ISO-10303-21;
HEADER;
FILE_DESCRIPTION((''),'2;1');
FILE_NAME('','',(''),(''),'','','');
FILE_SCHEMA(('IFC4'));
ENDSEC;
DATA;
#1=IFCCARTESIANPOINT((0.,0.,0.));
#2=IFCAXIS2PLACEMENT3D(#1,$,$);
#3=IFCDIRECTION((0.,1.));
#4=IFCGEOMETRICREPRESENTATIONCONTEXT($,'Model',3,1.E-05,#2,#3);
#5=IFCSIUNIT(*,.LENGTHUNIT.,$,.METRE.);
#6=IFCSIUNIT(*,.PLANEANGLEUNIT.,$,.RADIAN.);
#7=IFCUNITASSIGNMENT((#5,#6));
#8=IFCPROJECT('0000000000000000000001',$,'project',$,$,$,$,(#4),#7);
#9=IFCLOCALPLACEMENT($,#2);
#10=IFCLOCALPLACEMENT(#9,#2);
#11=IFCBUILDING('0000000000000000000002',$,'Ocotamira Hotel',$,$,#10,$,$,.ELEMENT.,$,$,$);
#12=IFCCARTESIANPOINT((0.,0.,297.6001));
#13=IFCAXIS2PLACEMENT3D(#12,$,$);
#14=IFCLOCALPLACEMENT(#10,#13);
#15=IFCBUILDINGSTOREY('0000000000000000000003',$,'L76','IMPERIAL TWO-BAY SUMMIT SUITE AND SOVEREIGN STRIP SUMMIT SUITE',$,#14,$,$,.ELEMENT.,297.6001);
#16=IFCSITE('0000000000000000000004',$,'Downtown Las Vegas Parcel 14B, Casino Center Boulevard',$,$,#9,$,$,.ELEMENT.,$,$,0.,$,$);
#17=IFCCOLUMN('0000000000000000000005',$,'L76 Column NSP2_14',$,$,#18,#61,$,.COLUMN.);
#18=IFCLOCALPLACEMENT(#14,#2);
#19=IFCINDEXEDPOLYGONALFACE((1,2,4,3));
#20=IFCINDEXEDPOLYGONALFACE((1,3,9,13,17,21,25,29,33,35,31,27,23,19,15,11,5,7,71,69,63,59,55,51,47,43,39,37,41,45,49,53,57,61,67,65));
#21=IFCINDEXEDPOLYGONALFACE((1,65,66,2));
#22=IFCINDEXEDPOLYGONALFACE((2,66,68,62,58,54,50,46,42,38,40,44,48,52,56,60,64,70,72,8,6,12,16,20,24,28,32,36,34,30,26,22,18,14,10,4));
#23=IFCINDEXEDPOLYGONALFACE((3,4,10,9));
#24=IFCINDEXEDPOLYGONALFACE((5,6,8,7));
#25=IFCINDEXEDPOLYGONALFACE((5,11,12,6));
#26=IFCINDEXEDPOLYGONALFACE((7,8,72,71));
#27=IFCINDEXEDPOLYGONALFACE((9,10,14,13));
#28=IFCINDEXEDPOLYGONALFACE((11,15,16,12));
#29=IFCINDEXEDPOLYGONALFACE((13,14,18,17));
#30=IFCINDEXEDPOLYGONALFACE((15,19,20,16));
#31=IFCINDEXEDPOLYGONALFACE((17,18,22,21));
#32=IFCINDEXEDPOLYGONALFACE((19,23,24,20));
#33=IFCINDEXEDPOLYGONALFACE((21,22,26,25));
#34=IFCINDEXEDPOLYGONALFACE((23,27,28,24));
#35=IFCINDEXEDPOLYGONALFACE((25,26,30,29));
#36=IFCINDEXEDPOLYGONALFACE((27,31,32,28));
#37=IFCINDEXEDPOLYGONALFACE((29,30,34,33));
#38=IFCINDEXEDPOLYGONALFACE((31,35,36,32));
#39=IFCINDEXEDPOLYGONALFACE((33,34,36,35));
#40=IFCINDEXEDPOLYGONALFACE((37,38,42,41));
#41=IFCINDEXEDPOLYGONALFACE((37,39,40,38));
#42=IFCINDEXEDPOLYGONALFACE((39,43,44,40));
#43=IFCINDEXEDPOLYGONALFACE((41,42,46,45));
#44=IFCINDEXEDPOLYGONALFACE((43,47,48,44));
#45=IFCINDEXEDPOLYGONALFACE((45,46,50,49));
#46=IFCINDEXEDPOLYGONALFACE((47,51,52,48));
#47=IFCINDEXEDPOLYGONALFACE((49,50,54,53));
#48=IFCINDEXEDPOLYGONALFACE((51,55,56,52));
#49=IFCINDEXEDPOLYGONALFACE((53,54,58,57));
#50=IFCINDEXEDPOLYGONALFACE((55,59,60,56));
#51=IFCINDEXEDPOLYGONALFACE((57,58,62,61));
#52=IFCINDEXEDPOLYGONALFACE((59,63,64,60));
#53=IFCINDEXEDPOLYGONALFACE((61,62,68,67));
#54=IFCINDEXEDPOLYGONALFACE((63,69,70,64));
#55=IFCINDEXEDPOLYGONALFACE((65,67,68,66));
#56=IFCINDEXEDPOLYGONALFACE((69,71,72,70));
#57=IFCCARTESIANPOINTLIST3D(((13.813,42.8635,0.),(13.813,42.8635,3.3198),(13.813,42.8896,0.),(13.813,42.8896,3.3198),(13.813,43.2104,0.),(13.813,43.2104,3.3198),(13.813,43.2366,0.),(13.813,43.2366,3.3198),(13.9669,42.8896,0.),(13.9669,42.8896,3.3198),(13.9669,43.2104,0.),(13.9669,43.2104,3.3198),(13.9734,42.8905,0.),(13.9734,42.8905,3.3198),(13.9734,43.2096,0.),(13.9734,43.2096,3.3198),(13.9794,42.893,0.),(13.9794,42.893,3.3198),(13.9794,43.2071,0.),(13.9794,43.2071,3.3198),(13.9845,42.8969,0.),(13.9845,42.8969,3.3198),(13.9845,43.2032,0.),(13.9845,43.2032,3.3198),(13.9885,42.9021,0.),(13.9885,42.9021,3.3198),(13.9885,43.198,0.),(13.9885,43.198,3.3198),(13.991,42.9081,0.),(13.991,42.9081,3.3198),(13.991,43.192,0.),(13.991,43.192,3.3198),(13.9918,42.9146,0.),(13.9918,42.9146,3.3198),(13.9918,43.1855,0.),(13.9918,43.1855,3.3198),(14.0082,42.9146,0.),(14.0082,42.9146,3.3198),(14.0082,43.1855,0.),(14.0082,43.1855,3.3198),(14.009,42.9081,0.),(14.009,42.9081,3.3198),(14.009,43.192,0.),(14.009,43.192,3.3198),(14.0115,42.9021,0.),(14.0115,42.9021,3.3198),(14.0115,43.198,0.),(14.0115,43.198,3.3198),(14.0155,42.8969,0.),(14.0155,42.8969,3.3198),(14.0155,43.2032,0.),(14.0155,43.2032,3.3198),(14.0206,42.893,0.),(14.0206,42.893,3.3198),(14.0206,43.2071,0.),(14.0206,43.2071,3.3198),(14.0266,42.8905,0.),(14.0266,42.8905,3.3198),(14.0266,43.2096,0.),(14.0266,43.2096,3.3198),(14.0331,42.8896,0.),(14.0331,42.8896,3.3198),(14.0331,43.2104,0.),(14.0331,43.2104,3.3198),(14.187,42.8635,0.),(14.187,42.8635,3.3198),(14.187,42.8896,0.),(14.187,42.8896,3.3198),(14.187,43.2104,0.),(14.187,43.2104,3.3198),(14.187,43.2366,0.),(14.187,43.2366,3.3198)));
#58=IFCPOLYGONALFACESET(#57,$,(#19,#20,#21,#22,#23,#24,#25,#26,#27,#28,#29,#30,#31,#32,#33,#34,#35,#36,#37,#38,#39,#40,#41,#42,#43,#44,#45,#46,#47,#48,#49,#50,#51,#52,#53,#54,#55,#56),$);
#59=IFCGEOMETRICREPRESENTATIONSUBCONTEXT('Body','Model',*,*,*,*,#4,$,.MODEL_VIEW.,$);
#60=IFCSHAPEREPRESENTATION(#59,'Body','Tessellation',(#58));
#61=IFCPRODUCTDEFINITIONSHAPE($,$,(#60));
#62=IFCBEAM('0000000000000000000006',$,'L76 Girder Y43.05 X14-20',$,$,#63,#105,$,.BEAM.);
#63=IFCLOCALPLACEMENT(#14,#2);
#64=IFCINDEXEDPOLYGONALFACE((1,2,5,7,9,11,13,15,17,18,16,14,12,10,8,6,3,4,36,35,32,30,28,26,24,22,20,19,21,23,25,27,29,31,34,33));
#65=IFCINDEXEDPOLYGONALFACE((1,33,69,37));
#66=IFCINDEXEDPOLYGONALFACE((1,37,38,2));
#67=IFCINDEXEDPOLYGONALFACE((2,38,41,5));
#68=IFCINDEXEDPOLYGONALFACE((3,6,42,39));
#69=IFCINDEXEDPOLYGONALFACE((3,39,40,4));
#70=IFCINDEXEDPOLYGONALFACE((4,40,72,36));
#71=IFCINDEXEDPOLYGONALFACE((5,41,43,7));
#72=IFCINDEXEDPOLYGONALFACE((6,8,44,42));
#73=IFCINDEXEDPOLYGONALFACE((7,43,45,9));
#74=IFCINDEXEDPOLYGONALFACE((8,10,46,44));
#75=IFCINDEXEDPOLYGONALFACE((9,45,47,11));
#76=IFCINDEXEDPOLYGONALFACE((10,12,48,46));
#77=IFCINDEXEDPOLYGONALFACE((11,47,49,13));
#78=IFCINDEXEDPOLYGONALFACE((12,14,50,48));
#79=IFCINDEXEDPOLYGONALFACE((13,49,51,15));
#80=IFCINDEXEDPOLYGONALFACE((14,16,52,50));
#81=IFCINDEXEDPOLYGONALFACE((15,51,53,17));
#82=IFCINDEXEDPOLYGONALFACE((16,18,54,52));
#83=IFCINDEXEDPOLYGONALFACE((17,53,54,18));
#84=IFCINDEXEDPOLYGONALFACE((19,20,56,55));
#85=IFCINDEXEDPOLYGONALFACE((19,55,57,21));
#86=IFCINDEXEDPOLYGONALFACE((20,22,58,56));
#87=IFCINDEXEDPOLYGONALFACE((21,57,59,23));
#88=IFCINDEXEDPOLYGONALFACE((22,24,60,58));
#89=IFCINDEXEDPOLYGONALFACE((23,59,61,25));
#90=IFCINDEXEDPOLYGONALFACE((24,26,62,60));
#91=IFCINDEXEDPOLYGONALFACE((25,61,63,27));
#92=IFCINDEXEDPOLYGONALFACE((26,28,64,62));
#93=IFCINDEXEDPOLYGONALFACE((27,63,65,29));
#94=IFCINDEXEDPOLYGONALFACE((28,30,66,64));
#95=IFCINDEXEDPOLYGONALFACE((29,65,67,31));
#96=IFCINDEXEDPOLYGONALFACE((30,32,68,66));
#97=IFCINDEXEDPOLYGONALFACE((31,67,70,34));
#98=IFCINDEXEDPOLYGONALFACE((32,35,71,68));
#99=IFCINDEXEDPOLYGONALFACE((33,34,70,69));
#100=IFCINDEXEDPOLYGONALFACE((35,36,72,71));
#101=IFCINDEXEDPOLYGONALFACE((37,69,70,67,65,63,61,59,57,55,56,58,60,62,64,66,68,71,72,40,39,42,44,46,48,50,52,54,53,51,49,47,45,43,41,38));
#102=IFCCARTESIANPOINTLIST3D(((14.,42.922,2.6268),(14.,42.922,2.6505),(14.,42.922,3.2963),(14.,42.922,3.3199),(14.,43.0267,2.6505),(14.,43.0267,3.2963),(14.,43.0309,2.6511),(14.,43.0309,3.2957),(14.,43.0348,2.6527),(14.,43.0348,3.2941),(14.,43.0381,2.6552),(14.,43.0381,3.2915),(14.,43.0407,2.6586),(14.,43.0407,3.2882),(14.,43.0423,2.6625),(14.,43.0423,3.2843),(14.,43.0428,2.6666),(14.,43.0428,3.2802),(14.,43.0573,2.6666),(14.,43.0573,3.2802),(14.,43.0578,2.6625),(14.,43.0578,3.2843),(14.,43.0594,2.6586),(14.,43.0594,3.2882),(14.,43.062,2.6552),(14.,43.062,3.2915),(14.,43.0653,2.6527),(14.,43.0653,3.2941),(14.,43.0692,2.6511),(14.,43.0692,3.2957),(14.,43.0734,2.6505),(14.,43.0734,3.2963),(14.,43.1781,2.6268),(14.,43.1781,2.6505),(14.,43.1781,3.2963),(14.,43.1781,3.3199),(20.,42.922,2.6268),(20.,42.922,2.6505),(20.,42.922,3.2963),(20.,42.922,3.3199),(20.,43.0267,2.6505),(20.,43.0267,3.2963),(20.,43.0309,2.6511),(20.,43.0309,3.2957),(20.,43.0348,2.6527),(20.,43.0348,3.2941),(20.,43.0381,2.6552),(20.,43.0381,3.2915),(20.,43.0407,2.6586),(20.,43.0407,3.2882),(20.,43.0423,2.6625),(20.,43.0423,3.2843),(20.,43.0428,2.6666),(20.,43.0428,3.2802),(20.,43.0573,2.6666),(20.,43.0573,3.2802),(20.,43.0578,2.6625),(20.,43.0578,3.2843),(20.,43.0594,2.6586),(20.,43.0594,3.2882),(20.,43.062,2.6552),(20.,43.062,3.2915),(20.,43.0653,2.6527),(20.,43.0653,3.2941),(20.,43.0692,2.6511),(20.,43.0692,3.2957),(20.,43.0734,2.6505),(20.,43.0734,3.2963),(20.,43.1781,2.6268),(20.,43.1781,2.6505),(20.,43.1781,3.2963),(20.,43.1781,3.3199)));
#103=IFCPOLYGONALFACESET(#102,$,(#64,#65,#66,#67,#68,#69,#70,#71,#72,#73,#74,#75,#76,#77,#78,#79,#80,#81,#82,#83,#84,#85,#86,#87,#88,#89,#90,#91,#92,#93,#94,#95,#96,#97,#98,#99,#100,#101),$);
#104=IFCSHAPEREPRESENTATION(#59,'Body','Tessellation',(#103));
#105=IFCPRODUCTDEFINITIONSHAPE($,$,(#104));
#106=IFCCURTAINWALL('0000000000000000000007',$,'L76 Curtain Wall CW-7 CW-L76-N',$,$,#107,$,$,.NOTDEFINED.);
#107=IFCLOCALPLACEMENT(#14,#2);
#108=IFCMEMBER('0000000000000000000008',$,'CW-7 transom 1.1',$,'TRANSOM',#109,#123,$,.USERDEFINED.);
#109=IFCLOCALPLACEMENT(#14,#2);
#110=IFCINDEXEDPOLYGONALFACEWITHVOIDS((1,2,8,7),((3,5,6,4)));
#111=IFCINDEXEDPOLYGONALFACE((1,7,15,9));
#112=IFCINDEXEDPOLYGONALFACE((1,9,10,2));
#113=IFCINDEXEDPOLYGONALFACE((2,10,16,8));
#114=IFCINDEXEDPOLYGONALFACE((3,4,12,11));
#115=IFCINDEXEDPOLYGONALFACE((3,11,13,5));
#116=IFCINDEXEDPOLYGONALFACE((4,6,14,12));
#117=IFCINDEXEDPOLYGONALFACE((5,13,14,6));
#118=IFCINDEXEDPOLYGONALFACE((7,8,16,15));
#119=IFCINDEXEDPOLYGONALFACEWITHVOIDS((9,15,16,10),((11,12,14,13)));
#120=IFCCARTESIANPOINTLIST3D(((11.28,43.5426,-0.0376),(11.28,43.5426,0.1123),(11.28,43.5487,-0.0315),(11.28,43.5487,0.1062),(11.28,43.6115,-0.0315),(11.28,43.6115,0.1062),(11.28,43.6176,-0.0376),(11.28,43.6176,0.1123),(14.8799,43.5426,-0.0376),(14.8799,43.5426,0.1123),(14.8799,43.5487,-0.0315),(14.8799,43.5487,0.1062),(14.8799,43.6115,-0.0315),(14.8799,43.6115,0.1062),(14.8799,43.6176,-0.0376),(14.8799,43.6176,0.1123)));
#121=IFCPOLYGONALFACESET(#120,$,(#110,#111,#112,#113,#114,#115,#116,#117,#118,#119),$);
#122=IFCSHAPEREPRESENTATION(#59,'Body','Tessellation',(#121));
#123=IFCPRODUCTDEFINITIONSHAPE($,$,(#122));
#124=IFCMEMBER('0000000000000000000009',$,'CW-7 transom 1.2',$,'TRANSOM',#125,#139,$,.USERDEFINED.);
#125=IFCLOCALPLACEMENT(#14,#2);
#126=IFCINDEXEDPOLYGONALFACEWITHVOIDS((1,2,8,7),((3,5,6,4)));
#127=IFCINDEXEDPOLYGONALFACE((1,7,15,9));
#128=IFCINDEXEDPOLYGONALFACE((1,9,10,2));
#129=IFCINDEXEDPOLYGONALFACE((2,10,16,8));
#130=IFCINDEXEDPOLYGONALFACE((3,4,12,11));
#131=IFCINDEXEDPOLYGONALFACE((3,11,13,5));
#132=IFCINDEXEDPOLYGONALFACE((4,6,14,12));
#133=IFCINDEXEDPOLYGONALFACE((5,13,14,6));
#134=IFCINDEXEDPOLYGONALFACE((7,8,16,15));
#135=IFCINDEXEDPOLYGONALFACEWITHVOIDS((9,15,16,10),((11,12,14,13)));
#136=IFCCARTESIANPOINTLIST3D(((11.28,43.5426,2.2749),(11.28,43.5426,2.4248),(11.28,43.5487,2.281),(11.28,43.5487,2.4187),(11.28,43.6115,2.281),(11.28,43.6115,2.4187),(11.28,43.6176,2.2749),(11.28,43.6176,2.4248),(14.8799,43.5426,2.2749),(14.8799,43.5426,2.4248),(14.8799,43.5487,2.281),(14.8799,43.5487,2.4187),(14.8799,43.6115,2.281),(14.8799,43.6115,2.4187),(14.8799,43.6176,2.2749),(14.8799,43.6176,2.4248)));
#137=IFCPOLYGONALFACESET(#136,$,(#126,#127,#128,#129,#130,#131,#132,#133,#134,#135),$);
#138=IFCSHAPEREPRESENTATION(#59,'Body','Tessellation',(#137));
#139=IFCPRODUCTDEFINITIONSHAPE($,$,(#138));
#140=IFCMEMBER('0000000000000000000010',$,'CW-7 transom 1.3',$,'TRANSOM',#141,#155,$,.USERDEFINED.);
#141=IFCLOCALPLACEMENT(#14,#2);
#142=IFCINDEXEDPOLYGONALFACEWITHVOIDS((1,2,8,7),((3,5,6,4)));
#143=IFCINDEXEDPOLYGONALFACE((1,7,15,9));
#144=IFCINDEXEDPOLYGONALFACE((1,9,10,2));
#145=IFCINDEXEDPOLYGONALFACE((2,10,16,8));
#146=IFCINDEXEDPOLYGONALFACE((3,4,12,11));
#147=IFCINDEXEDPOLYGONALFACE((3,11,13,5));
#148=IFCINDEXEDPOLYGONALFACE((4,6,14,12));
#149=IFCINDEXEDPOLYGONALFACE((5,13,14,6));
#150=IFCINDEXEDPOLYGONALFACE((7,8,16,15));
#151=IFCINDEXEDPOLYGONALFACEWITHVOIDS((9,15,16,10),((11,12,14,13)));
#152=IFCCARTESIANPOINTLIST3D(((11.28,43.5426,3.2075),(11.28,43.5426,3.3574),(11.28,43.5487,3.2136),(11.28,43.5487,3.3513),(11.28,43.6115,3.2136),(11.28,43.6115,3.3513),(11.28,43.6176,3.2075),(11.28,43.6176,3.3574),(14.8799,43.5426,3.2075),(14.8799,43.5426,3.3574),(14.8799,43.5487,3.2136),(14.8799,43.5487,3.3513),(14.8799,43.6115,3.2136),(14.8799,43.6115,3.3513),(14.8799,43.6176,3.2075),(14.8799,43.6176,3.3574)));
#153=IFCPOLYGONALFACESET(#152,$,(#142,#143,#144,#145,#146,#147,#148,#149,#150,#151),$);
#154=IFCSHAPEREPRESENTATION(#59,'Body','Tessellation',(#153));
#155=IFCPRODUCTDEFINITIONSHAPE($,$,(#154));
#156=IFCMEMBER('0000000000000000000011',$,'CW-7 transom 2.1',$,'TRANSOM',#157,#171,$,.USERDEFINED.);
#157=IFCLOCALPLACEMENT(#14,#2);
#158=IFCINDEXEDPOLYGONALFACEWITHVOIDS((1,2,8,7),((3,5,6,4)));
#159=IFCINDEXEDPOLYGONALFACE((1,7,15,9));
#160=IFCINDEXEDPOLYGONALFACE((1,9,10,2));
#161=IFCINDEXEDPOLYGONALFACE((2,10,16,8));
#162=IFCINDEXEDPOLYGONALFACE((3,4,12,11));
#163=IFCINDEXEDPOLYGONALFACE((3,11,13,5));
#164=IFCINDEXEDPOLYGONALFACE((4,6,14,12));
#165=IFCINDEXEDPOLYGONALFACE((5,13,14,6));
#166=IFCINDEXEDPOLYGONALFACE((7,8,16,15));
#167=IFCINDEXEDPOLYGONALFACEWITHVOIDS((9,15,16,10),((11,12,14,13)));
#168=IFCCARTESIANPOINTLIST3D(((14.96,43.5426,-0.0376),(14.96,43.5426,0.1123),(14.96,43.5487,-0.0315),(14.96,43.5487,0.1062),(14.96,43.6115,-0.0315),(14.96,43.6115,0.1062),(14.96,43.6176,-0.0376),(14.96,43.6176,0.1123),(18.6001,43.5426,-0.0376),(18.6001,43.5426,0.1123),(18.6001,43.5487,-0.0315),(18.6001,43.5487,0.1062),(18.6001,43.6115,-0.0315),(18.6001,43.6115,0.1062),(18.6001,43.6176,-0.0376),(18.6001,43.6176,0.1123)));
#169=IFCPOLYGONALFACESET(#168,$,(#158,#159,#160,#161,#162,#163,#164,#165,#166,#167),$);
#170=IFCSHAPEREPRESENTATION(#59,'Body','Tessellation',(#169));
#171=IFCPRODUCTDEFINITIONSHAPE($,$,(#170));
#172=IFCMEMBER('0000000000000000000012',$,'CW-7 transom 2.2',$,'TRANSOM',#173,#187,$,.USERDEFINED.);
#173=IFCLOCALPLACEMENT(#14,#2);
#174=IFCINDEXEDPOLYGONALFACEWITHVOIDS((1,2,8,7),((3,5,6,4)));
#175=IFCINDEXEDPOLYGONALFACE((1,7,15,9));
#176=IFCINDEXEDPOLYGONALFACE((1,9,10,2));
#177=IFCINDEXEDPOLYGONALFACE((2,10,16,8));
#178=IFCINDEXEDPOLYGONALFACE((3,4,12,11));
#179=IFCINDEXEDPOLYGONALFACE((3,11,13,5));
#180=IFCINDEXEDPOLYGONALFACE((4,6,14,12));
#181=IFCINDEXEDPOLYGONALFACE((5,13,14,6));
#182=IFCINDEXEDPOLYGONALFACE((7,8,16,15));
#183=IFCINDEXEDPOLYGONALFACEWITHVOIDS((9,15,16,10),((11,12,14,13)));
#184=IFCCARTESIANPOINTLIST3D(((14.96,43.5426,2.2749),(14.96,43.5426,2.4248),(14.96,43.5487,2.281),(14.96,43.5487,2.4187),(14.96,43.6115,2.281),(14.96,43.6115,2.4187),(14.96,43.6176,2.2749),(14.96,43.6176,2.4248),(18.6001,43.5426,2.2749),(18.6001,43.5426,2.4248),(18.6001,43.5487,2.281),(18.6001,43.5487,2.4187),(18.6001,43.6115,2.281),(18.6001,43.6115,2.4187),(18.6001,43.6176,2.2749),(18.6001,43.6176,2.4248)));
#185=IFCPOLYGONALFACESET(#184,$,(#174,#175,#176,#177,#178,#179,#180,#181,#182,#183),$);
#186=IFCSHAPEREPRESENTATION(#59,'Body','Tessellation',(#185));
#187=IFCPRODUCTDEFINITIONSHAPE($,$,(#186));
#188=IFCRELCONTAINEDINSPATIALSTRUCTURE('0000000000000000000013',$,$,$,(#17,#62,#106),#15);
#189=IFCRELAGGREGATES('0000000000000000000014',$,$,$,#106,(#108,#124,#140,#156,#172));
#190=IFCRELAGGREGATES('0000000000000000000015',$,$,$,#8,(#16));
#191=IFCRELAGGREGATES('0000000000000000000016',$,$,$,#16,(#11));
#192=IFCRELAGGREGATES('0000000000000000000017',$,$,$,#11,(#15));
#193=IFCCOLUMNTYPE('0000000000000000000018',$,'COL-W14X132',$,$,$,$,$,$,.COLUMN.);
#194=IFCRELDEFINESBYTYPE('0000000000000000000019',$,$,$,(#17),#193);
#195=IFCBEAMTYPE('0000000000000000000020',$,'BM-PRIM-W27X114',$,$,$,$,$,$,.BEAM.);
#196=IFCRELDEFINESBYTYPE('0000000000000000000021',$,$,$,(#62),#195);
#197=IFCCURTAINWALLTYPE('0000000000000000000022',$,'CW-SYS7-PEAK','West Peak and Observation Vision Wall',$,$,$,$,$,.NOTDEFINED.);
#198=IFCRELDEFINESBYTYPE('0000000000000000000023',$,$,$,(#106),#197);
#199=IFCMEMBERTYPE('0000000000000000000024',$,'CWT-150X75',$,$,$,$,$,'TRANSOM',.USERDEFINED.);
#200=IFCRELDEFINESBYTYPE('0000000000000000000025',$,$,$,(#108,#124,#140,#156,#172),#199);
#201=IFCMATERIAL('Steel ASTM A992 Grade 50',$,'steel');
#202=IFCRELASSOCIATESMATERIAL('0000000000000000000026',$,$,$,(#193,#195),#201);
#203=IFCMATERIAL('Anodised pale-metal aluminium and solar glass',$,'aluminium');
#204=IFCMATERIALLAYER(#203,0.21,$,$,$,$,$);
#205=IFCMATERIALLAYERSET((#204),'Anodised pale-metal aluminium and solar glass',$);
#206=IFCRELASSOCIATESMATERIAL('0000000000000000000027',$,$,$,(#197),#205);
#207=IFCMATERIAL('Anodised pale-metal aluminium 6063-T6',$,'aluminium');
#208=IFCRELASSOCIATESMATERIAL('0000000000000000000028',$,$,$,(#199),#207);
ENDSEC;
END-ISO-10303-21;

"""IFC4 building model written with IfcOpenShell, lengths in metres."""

from ifc_helpers import new_model, si_unit, direction, frame, origin, origin_2d, place, context, subcontext, project, spatial, hollow_rectangle, i_section, extrude, source, transform, mapped, material, layer, layer_set, material_profile, profile_set, type_object, element, aggregate, save


model = new_model("IFC4")

# Units and contexts
model_context = context("Model", 3, precision=1e-05, world=origin(), true_north=direction((0.0, 1.0)))
body_context = subcontext(model_context, "Body", "Model", "MODEL_VIEW")
ifc_project = project(units=[si_unit("LENGTHUNIT", "METRE"), si_unit("PLANEANGLEUNIT", "RADIAN")], contexts=[model_context])

# Site, building, storey
site_placement = place(None, origin())
site = spatial("IfcSite", under=ifc_project, at=site_placement, Name="Downtown Las Vegas Parcel 14B, Casino Center Boulevard", CompositionType="ELEMENT", RefElevation=0.0)
building_placement = place(site_placement, origin())
building = spatial("IfcBuilding", under=site, at=building_placement, Name="Ocotamira Hotel", CompositionType="ELEMENT")
storey_placement = place(building_placement, frame((0.0, 0.0, 297.6001)))
storey = spatial("IfcBuildingStorey", under=building, at=storey_placement, Name="L76", Description="IMPERIAL TWO-BAY SUMMIT SUITE AND SOVEREIGN STRIP SUMMIT SUITE", CompositionType="ELEMENT", Elevation=297.6001)

# Column
ifc_material_1 = material(Name="Steel ASTM A992 Grade 50", Category="steel")
ifc_material_profile_1 = material_profile(ifc_material_1, i_section(OverallWidth=0.374, OverallDepth=0.373, WebThickness=0.0164, FlangeThickness=0.0261, FilletRadius=0.0249, at=origin_2d()), Name="W14X132")
ifc_profile_set_1 = profile_set([ifc_material_profile_1], Name="Steel ASTM A992 Grade 50")
column_type = type_object("IfcColumnType", Name="COL-W14X132", PredefinedType="COLUMN", material=ifc_profile_set_1)
shared_shape_1 = source(origin(), body_context, "Body", "SweptSolid", [
    extrude(i_section(OverallWidth=0.374, OverallDepth=0.373, WebThickness=0.0164, FlangeThickness=0.0261, FilletRadius=0.0249, at=origin_2d()), origin(), (0.0, 0.0, 1.0), 3.3198),
])
column_placement = place(storey_placement, frame((14.0, 43.05, 0.0), z_axis=(0.0, 0.0, 1.0), x_axis=(1.0, 0.0, 0.0)))
element("IfcColumn", 1, at=column_placement, inside=storey, type_object=column_type, Name="L76 Column NSP2_14", PredefinedType="COLUMN", context=body_context, shape_type="MappedRepresentation", body=[
    mapped(shared_shape_1, transform((0.0, 0.0, 0.0), scale=1.0)),
])

# Beam
ifc_material_profile_2 = material_profile(ifc_material_1, i_section(OverallWidth=0.2561, OverallDepth=0.6931, WebThickness=0.0144, FlangeThickness=0.0237, FilletRadius=0.0161, at=origin_2d()), Name="W27X114")
ifc_profile_set_2 = profile_set([ifc_material_profile_2], Name="Steel ASTM A992 Grade 50")
beam_type = type_object("IfcBeamType", Name="BM-PRIM-W27X114", PredefinedType="BEAM", material=ifc_profile_set_2)
shared_shape_2 = source(origin(), body_context, "Body", "SweptSolid", [
    extrude(i_section(OverallWidth=0.2561, OverallDepth=0.6931, WebThickness=0.0144, FlangeThickness=0.0237, FilletRadius=0.0161, at=origin_2d()), origin(), (0.0, 0.0, 1.0), 6.0),
])
beam_placement = place(storey_placement, frame((14.0, 43.05, 2.9734), z_axis=(1.0, 0.0, 0.0), x_axis=(0.0, 1.0, 0.0)))
element("IfcBeam", 2, at=beam_placement, inside=storey, type_object=beam_type, Name="L76 Girder Y43.05 X14-20", PredefinedType="BEAM", context=body_context, shape_type="MappedRepresentation", body=[
    mapped(shared_shape_2, transform((0.0, 0.0, 0.0), scale=1.0)),
])

# Curtain wall, members
ifc_material_2 = material(Name="Anodised pale-metal aluminium and solar glass", Category="aluminium")
ifc_layer_1 = layer(ifc_material_2, 0.21)
ifc_layer_set_1 = layer_set([ifc_layer_1], Name="Anodised pale-metal aluminium and solar glass")
curtain_wall_type = type_object("IfcCurtainWallType", Name="CW-SYS7-PEAK", Description="West Peak and Observation Vision Wall", PredefinedType="NOTDEFINED", material=ifc_layer_set_1)
curtain_wall_placement = place(storey_placement, origin())
curtain_wall = element("IfcCurtainWall", 3, at=curtain_wall_placement, inside=storey, type_object=curtain_wall_type, Name="L76 Curtain Wall CW-7 CW-L76-N", PredefinedType="NOTDEFINED")
ifc_material_3 = material(Name="Anodised pale-metal aluminium 6063-T6", Category="aluminium")
ifc_material_profile_3 = material_profile(ifc_material_3, hollow_rectangle(XDim=0.075, YDim=0.1499, WallThickness=0.0061, at=origin_2d()), Name="HSS150X75X6")
ifc_profile_set_3 = profile_set([ifc_material_profile_3], Name="Anodised pale-metal aluminium 6063-T6")
member_type_1 = type_object("IfcMemberType", Name="CWT-150X75", ElementType="TRANSOM", PredefinedType="USERDEFINED", material=ifc_profile_set_3)
shared_shape_3 = source(origin(), body_context, "Body", "SweptSolid", [
    extrude(hollow_rectangle(XDim=0.075, YDim=0.1499, WallThickness=0.0061, at=origin_2d()), origin(), (0.0, 0.0, 1.0), 3.5999),
])
member_1_placement = place(storey_placement, frame((11.28, 43.5801, 0.0374), z_axis=(1.0, 0.0, 0.0), x_axis=(0.0, 1.0, 0.0)))
member_1 = element("IfcMember", 4, at=member_1_placement, type_object=member_type_1, Name="CW-7 transom 1.1", ObjectType="TRANSOM", PredefinedType="USERDEFINED", context=body_context, shape_type="MappedRepresentation", body=[
    mapped(shared_shape_3, transform((0.0, 0.0, 0.0), scale=1.0)),
])
member_2_placement = place(storey_placement, frame((11.28, 43.5801, 2.3499), z_axis=(1.0, 0.0, 0.0), x_axis=(0.0, 1.0, 0.0)))
member_2 = element("IfcMember", 5, at=member_2_placement, type_object=member_type_1, Name="CW-7 transom 1.2", ObjectType="TRANSOM", PredefinedType="USERDEFINED", context=body_context, shape_type="MappedRepresentation", body=[
    mapped(shared_shape_3, transform((0.0, 0.0, 0.0), scale=1.0)),
])
member_3_placement = place(storey_placement, frame((11.28, 43.5801, 3.2825), z_axis=(1.0, 0.0, 0.0), x_axis=(0.0, 1.0, 0.0)))
member_3 = element("IfcMember", 6, at=member_3_placement, type_object=member_type_1, Name="CW-7 transom 1.3", ObjectType="TRANSOM", PredefinedType="USERDEFINED", context=body_context, shape_type="MappedRepresentation", body=[
    mapped(shared_shape_3, transform((0.0, 0.0, 0.0), scale=1.0)),
])
shared_shape_4 = source(origin(), body_context, "Body", "SweptSolid", [
    extrude(hollow_rectangle(XDim=0.075, YDim=0.1499, WallThickness=0.0061, at=origin_2d()), origin(), (0.0, 0.0, 1.0), 3.6401),
])
member_4_placement = place(storey_placement, frame((14.96, 43.5801, 0.0374), z_axis=(1.0, 0.0, 0.0), x_axis=(0.0, 1.0, 0.0)))
member_4 = element("IfcMember", 7, at=member_4_placement, type_object=member_type_1, Name="CW-7 transom 2.1", ObjectType="TRANSOM", PredefinedType="USERDEFINED", context=body_context, shape_type="MappedRepresentation", body=[
    mapped(shared_shape_4, transform((0.0, 0.0, 0.0), scale=1.0)),
])
member_5_placement = place(storey_placement, frame((14.96, 43.5801, 2.3499), z_axis=(1.0, 0.0, 0.0), x_axis=(0.0, 1.0, 0.0)))
member_5 = element("IfcMember", 8, at=member_5_placement, type_object=member_type_1, Name="CW-7 transom 2.2", ObjectType="TRANSOM", PredefinedType="USERDEFINED", context=body_context, shape_type="MappedRepresentation", body=[
    mapped(shared_shape_4, transform((0.0, 0.0, 0.0), scale=1.0)),
])
aggregate(curtain_wall, [member_1, member_2, member_3, member_4, member_5])

save(model, "model.ifc")
